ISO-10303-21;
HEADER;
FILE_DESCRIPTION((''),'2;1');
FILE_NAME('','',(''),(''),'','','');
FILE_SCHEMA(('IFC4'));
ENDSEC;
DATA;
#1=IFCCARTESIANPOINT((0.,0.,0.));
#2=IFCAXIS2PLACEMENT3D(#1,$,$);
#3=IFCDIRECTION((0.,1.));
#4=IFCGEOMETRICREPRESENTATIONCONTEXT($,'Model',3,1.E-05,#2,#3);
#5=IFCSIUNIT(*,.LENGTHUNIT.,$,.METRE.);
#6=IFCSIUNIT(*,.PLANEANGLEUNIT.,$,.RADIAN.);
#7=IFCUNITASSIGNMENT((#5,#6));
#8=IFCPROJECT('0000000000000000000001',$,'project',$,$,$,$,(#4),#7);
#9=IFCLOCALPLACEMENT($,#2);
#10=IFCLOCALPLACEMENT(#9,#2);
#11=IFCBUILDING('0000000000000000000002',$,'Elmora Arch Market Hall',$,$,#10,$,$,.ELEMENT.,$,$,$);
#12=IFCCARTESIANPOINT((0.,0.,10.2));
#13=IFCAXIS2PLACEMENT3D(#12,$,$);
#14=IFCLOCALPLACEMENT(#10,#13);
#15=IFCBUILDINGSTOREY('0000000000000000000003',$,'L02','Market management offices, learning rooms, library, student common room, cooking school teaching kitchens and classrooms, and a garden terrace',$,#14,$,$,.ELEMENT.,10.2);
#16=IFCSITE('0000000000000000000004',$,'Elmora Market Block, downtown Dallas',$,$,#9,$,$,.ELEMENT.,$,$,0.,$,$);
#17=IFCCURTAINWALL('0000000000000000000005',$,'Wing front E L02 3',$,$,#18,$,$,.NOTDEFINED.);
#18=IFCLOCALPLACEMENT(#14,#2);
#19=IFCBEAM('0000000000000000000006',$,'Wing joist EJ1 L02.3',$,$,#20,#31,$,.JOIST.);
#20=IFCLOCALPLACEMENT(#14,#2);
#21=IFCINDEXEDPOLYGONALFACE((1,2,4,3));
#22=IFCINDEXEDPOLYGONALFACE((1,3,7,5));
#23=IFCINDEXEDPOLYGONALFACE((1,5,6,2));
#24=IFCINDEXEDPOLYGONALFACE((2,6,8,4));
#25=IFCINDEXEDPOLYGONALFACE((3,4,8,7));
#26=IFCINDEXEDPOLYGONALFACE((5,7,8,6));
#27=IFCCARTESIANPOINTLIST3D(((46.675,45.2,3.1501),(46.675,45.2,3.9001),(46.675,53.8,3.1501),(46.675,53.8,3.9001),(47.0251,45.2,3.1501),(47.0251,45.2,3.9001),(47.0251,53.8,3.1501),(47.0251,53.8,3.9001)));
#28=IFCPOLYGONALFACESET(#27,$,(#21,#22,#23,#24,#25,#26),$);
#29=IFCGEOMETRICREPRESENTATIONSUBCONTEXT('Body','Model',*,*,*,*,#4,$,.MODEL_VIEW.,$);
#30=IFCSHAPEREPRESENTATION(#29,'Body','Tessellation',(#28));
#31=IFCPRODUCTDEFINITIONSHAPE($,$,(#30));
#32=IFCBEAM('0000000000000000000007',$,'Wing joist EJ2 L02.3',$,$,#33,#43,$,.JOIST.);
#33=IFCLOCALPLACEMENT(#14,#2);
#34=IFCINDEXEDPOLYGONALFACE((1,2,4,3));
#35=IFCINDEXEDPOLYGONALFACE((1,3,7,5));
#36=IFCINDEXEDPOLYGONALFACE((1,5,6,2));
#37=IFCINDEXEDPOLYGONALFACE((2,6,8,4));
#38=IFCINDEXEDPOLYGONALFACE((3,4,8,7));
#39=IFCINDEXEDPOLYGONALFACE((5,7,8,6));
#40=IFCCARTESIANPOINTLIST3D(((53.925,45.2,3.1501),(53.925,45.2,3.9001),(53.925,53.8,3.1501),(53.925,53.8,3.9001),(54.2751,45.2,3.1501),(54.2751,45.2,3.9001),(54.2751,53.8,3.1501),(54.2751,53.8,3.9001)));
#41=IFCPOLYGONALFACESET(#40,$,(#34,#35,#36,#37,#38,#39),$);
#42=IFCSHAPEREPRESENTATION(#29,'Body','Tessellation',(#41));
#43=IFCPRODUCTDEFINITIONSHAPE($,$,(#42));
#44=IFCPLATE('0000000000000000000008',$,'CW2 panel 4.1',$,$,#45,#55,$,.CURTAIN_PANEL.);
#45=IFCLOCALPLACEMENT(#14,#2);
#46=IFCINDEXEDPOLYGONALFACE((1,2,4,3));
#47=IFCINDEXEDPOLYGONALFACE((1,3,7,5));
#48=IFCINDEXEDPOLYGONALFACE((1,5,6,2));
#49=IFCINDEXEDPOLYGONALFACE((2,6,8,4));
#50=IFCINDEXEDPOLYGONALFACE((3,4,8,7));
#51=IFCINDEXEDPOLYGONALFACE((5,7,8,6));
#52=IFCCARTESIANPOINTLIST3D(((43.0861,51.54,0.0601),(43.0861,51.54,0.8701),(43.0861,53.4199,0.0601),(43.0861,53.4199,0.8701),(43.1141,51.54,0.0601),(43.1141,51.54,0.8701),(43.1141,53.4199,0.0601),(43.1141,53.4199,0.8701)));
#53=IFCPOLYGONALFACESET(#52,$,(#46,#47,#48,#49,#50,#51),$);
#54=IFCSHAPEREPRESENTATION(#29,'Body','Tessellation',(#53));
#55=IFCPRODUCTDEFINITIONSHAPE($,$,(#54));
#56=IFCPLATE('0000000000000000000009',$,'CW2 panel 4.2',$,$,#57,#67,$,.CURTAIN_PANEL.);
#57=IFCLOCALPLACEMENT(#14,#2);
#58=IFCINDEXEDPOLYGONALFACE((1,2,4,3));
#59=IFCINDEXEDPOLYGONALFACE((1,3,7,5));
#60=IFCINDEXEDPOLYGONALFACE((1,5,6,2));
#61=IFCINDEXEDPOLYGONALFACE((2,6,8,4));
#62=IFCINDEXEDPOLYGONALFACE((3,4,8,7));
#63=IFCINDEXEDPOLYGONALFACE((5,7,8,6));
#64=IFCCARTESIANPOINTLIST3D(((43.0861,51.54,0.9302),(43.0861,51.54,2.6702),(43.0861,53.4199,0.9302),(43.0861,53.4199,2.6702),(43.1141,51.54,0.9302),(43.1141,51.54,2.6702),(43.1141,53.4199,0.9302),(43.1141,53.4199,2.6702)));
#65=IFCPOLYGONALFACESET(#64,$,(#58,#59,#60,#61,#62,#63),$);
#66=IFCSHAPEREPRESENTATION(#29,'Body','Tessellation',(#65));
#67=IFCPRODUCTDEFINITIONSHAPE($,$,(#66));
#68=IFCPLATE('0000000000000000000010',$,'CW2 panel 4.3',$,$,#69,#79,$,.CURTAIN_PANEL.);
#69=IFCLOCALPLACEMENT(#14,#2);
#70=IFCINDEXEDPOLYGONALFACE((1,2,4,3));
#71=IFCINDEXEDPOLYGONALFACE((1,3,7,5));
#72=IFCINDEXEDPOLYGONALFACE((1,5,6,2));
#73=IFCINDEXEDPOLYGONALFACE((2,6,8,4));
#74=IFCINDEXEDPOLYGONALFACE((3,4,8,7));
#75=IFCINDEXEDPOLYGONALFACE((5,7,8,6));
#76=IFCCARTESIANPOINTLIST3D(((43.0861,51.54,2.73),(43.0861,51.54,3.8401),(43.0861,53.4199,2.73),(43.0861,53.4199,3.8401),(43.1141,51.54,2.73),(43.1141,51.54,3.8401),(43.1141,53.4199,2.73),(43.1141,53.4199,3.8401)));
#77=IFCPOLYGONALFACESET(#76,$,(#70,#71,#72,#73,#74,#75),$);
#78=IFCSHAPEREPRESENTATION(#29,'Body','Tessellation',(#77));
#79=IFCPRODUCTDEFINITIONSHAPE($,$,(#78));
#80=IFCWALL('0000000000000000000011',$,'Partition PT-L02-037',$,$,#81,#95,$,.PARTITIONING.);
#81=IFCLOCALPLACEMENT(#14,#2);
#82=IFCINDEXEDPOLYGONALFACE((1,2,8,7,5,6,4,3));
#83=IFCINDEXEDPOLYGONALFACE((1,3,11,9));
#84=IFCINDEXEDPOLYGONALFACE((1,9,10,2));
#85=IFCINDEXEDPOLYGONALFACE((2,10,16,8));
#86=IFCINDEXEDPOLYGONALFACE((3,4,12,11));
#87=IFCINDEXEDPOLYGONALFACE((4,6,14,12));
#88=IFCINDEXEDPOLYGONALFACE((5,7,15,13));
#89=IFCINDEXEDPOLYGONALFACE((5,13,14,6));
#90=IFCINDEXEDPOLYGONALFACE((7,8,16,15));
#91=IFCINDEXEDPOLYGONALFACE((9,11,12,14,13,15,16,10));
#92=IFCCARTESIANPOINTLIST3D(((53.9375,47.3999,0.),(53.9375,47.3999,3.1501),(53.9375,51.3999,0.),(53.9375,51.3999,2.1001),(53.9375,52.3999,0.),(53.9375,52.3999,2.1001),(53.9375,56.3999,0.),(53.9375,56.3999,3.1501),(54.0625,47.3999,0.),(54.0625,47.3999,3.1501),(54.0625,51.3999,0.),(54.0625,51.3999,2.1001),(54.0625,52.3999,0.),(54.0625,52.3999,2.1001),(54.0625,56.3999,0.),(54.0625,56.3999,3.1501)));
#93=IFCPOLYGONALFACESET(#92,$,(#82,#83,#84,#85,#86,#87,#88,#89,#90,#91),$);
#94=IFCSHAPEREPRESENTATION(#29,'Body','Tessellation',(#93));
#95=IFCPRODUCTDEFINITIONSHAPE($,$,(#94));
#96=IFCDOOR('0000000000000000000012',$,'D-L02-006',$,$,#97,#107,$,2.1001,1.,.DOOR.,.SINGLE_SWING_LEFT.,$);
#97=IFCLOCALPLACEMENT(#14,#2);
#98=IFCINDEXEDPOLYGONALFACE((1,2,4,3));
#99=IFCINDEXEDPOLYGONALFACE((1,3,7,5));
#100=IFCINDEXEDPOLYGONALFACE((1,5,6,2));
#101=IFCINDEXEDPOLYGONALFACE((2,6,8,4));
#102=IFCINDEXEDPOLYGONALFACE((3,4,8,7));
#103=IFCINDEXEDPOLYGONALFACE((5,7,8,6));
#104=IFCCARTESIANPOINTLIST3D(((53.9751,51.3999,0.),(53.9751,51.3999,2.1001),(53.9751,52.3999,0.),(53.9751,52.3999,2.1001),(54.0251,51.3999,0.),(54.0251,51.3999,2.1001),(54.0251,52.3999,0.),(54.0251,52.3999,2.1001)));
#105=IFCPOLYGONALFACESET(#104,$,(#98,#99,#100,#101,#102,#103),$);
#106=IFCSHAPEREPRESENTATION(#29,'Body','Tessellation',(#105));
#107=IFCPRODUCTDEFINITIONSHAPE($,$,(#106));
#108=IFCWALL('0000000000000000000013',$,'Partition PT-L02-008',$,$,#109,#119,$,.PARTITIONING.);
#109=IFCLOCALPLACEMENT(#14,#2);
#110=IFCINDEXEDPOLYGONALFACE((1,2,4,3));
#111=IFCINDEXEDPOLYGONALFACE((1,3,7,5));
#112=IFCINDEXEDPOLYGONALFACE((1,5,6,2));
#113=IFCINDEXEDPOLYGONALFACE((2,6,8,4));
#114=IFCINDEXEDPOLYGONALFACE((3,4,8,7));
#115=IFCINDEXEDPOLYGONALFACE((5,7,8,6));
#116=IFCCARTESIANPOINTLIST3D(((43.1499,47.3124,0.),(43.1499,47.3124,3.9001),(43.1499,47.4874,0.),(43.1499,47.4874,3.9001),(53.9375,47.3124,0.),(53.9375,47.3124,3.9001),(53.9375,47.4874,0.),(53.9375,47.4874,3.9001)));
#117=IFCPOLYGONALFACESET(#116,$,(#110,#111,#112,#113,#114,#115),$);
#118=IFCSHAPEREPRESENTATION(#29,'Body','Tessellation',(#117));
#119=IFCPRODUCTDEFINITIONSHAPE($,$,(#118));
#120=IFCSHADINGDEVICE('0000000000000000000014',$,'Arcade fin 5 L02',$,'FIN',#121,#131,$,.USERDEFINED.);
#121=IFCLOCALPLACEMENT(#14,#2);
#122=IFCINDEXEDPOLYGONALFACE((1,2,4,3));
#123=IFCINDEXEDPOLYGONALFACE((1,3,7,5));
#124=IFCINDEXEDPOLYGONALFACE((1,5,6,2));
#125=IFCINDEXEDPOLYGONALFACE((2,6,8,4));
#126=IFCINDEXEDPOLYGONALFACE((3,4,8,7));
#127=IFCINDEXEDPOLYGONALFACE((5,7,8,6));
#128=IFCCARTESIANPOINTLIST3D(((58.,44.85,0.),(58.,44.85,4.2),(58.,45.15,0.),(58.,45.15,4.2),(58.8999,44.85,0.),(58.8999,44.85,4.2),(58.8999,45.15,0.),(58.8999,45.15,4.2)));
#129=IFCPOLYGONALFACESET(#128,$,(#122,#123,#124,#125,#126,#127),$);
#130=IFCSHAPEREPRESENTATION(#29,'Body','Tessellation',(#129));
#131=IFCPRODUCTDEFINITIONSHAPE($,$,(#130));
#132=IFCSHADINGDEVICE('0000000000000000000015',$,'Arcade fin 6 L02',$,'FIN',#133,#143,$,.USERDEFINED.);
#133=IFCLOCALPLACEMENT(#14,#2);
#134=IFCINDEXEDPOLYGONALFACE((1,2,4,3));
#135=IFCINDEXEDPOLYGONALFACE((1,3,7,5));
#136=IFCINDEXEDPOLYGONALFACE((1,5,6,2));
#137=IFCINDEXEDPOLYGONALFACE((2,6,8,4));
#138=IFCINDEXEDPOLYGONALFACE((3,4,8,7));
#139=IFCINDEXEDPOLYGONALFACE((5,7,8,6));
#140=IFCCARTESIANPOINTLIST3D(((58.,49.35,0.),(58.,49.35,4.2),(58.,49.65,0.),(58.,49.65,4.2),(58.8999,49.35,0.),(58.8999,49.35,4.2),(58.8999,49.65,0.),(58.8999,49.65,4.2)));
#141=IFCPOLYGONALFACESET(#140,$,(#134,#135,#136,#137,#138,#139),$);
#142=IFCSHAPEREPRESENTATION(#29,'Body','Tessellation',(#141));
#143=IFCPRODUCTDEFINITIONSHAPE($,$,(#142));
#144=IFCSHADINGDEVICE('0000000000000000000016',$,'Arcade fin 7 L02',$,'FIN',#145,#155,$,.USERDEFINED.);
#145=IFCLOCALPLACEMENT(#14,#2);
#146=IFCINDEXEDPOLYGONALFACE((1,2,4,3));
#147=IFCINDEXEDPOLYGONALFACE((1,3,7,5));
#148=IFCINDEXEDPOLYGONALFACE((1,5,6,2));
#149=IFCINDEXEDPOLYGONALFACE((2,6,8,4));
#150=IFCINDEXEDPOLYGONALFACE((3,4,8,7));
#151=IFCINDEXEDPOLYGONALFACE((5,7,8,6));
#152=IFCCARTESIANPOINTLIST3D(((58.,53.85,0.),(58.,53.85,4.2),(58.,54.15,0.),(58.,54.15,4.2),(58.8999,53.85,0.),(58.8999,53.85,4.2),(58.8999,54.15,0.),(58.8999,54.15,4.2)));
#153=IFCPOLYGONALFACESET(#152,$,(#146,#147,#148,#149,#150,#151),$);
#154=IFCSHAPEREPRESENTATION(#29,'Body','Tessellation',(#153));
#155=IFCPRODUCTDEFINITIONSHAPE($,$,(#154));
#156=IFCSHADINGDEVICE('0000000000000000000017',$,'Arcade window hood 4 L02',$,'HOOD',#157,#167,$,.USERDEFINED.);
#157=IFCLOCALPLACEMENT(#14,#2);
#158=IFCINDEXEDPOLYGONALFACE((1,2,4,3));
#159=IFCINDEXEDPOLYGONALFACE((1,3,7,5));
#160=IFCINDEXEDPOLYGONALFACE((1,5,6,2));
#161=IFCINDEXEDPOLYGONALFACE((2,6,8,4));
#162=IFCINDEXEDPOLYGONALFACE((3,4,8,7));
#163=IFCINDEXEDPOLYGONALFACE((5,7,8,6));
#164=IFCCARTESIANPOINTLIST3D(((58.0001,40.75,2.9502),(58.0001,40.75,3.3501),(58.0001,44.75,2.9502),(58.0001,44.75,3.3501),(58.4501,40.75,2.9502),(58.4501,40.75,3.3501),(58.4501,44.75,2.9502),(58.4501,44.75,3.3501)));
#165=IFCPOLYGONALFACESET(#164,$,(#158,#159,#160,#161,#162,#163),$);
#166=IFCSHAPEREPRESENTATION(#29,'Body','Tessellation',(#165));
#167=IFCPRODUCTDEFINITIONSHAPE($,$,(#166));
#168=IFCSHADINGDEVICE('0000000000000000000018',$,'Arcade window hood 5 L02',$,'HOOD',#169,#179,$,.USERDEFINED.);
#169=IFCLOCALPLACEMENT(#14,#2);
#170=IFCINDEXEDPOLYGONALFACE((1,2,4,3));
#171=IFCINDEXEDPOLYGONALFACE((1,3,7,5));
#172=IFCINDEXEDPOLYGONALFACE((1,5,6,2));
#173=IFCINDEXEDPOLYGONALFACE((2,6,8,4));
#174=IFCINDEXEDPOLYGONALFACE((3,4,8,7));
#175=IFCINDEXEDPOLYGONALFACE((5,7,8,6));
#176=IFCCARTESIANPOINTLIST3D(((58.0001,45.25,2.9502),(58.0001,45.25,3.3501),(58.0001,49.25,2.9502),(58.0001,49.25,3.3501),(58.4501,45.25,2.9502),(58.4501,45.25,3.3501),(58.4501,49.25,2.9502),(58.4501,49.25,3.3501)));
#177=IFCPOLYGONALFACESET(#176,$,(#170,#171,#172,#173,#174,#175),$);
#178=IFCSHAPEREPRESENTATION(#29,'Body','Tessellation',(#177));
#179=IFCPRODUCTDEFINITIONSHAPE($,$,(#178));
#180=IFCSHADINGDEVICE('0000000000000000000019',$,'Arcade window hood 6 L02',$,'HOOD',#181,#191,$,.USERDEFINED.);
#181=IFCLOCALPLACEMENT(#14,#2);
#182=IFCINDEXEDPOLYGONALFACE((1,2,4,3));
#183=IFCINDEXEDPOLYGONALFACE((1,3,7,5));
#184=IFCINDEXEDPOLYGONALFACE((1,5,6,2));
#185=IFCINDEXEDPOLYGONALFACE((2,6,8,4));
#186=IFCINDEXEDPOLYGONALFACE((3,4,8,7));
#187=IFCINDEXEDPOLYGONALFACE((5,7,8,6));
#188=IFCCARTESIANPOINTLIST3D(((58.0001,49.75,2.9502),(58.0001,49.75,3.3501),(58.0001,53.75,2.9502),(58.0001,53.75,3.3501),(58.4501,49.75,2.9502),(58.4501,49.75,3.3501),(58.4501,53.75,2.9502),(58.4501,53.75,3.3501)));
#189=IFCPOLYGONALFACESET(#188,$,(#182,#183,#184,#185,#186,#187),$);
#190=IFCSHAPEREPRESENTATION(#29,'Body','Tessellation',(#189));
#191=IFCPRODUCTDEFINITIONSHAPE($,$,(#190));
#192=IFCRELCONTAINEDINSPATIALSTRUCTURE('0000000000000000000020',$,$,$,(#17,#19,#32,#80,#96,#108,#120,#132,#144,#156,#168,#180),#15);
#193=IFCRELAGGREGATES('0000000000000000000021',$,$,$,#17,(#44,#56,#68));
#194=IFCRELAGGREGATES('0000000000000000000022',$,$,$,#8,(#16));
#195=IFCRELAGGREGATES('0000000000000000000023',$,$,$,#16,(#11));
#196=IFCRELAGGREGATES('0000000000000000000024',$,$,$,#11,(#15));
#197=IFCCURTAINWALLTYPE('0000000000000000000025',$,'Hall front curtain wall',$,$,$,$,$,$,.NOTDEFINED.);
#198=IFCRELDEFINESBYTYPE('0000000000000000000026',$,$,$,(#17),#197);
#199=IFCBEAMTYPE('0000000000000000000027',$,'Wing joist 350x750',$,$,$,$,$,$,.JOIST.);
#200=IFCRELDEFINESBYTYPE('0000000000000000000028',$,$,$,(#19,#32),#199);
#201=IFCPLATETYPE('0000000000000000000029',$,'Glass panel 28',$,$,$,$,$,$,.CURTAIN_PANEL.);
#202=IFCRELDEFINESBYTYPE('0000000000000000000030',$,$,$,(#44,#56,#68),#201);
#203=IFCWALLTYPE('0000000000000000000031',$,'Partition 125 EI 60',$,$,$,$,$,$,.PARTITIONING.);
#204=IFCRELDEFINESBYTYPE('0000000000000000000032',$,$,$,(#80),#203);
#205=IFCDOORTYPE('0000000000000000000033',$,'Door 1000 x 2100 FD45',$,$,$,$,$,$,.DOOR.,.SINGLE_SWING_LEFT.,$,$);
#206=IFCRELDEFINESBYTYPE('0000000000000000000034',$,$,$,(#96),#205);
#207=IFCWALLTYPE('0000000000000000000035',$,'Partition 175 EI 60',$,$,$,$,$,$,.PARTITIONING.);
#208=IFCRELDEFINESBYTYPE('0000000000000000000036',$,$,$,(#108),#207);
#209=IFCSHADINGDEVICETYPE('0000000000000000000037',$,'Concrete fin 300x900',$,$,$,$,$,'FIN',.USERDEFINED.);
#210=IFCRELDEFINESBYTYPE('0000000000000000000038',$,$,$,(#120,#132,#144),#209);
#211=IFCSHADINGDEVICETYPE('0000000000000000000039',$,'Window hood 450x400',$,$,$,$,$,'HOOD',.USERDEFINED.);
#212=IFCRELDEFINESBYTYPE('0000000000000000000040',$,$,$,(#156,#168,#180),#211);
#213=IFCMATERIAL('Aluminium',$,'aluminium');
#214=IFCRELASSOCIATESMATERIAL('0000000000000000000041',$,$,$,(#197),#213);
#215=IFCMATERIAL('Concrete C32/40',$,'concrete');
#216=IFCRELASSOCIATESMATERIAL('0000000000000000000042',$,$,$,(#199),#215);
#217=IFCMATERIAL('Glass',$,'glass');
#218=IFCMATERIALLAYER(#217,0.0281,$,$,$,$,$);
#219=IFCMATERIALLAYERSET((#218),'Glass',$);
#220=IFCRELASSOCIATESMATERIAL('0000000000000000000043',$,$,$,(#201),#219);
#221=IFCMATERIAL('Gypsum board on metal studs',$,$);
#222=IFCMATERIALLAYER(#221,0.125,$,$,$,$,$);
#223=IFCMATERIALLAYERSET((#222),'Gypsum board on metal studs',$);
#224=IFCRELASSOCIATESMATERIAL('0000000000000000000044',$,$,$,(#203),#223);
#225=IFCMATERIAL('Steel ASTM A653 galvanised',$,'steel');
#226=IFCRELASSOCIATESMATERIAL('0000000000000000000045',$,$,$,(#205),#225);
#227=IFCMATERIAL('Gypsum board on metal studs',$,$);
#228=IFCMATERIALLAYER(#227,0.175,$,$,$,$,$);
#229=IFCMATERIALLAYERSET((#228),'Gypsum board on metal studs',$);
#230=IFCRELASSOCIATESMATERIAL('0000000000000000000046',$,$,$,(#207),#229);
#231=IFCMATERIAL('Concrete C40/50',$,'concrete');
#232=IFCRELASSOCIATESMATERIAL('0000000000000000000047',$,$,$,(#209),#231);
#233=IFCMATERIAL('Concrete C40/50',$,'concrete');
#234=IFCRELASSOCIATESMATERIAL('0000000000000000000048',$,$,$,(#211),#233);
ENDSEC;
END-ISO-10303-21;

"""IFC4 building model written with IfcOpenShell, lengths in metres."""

from ifc_helpers import new_model, si_unit, direction, frame, frame_2d, origin, origin_2d, place, context, subcontext, project, spatial, rectangle, extrude, material, layer, layer_set, material_profile, profile_set, type_object, element, fill, aggregate, save


model = new_model("IFC4")

# Units and contexts
model_context = context("Model", 3, precision=1e-05, world=origin(), true_north=direction((0.0, 1.0)))
body_context = subcontext(model_context, "Body", "Model", "MODEL_VIEW")
ifc_project = project(units=[si_unit("LENGTHUNIT", "METRE"), si_unit("PLANEANGLEUNIT", "RADIAN")], contexts=[model_context])

# Site, building, storey
site_placement = place(None, origin())
site = spatial("IfcSite", under=ifc_project, at=site_placement, Name="Elmora Market Block, downtown Dallas", CompositionType="ELEMENT", RefElevation=0.0)
building_placement = place(site_placement, origin())
building = spatial("IfcBuilding", under=site, at=building_placement, Name="Elmora Arch Market Hall", CompositionType="ELEMENT")
storey_placement = place(building_placement, frame((0.0, 0.0, 10.2)))
storey = spatial("IfcBuildingStorey", under=building, at=storey_placement, Name="L02", Description="Market management offices, learning rooms, library, student common room, cooking school teaching kitchens and classrooms, and a garden terrace", CompositionType="ELEMENT", Elevation=10.2)

# Curtain wall
ifc_material_1 = material(Name="Aluminium", Category="aluminium")
curtain_wall_type = type_object("IfcCurtainWallType", Name="Hall front curtain wall", PredefinedType="NOTDEFINED", material=ifc_material_1)
curtain_wall_placement = place(storey_placement, origin())
curtain_wall = element("IfcCurtainWall", 1, at=curtain_wall_placement, inside=storey, type_object=curtain_wall_type, Name="Wing front E L02 3", PredefinedType="NOTDEFINED")

# Beams
ifc_material_2 = material(Name="Concrete C32/40", Category="concrete")
ifc_material_profile_1 = material_profile(ifc_material_2, rectangle(XDim=0.3501, YDim=0.75, at=origin_2d()), Name="Wing joist 350x750")
ifc_profile_set_1 = profile_set([ifc_material_profile_1], Name="Concrete C32/40")
beam_type_1 = type_object("IfcBeamType", Name="Wing joist 350x750", PredefinedType="JOIST", material=ifc_profile_set_1)
for number, where, z_axis, x_axis, name in (
    (2, (46.8501, 45.2, 3.5251), (0.0, 1.0, 0.0), (-1.0, 0.0, 0.0), "Wing joist EJ1 L02.3"),
    (3, (54.1001, 45.2, 3.5251), (0.0, 1.0, 0.0), (-1.0, 0.0, 0.0), "Wing joist EJ2 L02.3"),
):
    element("IfcBeam", number, at=place(storey_placement, frame(where, z_axis=z_axis, x_axis=x_axis)), inside=storey, type_object=beam_type_1, Name=name, PredefinedType="JOIST", context=body_context, shape_type="SweptSolid", body=[
        extrude(rectangle(XDim=0.3501, YDim=0.75, at=origin_2d()), origin(), (0.0, 0.0, 1.0), 8.6001),
    ])

# Plates
ifc_material_3 = material(Name="Glass", Category="glass")
ifc_layer_1 = layer(ifc_material_3, 0.0281)
ifc_layer_set_1 = layer_set([ifc_layer_1], Name="Glass")
plate_type = type_object("IfcPlateType", Name="Glass panel 28", PredefinedType="CURTAIN_PANEL", material=ifc_layer_set_1)
plate_1_placement = place(storey_placement, frame((43.1001, 52.48, 0.0601), z_axis=(0.0, 0.0, 1.0), x_axis=(0.0, 1.0, 0.0)))
plate_1 = element("IfcPlate", 4, at=plate_1_placement, type_object=plate_type, Name="CW2 panel 4.1", PredefinedType="CURTAIN_PANEL", context=body_context, shape_type="SweptSolid", body=[
    extrude(rectangle(XDim=1.8799, YDim=0.0281, at=origin_2d()), origin(), (0.0, 0.0, 1.0), 0.8101),
])
plate_2_placement = place(storey_placement, frame((43.1001, 52.48, 0.9302), z_axis=(0.0, 0.0, 1.0), x_axis=(0.0, 1.0, 0.0)))
plate_2 = element("IfcPlate", 5, at=plate_2_placement, type_object=plate_type, Name="CW2 panel 4.2", PredefinedType="CURTAIN_PANEL", context=body_context, shape_type="SweptSolid", body=[
    extrude(rectangle(XDim=1.8799, YDim=0.0281, at=origin_2d()), origin(), (0.0, 0.0, 1.0), 1.74),
])
plate_3_placement = place(storey_placement, frame((43.1001, 52.48, 2.73), z_axis=(0.0, 0.0, 1.0), x_axis=(0.0, 1.0, 0.0)))
plate_3 = element("IfcPlate", 6, at=plate_3_placement, type_object=plate_type, Name="CW2 panel 4.3", PredefinedType="CURTAIN_PANEL", context=body_context, shape_type="SweptSolid", body=[
    extrude(rectangle(XDim=1.8799, YDim=0.0281, at=origin_2d()), origin(), (0.0, 0.0, 1.0), 1.1101),
])
aggregate(curtain_wall, [plate_1, plate_2, plate_3])

# Wall, opening, door
ifc_material_4 = material(Name="Gypsum board on metal studs")
ifc_layer_2 = layer(ifc_material_4, 0.125)
ifc_layer_set_2 = layer_set([ifc_layer_2], Name="Gypsum board on metal studs")
wall_type_1 = type_object("IfcWallType", Name="Partition 125 EI 60", PredefinedType="PARTITIONING", material=ifc_layer_set_2)
wall_1_placement = place(storey_placement, frame((54.0, 47.3999, 0.0), z_axis=(0.0, 0.0, 1.0), x_axis=(0.0, 1.0, 0.0)))
wall_1 = element("IfcWall", 7, at=wall_1_placement, inside=storey, type_object=wall_type_1, Name="Partition PT-L02-037", PredefinedType="PARTITIONING", context=body_context, shape_type="SweptSolid", body=[
    extrude(rectangle(XDim=9.0, YDim=0.125, at=frame_2d((4.5, 0.0))), origin(), (0.0, 0.0, 1.0), 3.1501),
])
opening_placement = place(wall_1_placement, frame((4.0, 0.0, 0.0)))
opening = element("IfcOpeningElement", 8, at=opening_placement, cuts=wall_1, PredefinedType="OPENING", context=body_context, shape_type="SweptSolid", body=[
    extrude(rectangle(XDim=1.0, YDim=2.1001, at=frame_2d((0.5, 1.05))), frame((0.0, 0.0725, 0.0), z_axis=(0.0, -1.0, 0.0), x_axis=(1.0, 0.0, 0.0)), (0.0, 0.0, 1.0), 0.145),
])
ifc_material_5 = material(Name="Steel ASTM A653 galvanised", Category="steel")
door_type = type_object("IfcDoorType", Name="Door 1000 x 2100 FD45", OperationType="SINGLE_SWING_LEFT", PredefinedType="DOOR", material=ifc_material_5)
door_placement = place(opening_placement, origin())
door = element("IfcDoor", 9, at=door_placement, inside=storey, type_object=door_type, Name="D-L02-006", OperationType="SINGLE_SWING_LEFT", OverallHeight=2.1001, OverallWidth=1.0, PredefinedType="DOOR", context=body_context, shape_type="SweptSolid", body=[
    extrude(rectangle(XDim=1.0, YDim=2.1001, at=frame_2d((0.5, 1.05))), frame((0.0, 0.0249, 0.0), z_axis=(0.0, -1.0, 0.0), x_axis=(1.0, 0.0, 0.0)), (0.0, 0.0, 1.0), 0.05),
])
fill(opening, door)

# Wall
ifc_material_6 = material(Name="Gypsum board on metal studs")
ifc_layer_3 = layer(ifc_material_6, 0.175)
ifc_layer_set_3 = layer_set([ifc_layer_3], Name="Gypsum board on metal studs")
wall_type_2 = type_object("IfcWallType", Name="Partition 175 EI 60", PredefinedType="PARTITIONING", material=ifc_layer_set_3)
wall_2_placement = place(storey_placement, frame((43.1499, 47.3999, 0.0), z_axis=(0.0, 0.0, 1.0), x_axis=(1.0, 0.0, 0.0)))
element("IfcWall", 10, at=wall_2_placement, inside=storey, type_object=wall_type_2, Name="Partition PT-L02-008", PredefinedType="PARTITIONING", context=body_context, shape_type="SweptSolid", body=[
    extrude(rectangle(XDim=10.7876, YDim=0.175, at=frame_2d((5.3938, 0.0))), origin(), (0.0, 0.0, 1.0), 3.9001),
])

# Shading devices
ifc_material_7 = material(Name="Concrete C40/50", Category="concrete")
shading_device_type_1 = type_object("IfcShadingDeviceType", Name="Concrete fin 300x900", ElementType="FIN", PredefinedType="USERDEFINED", material=ifc_material_7)
for number, where, z_axis, x_axis, name in (
    (11, (58.45, 45.0, 0.0), (0.0, 0.0, 1.0), (1.0, 0.0, 0.0), "Arcade fin 5 L02"),
    (12, (58.45, 49.5, 0.0), (0.0, 0.0, 1.0), (1.0, 0.0, 0.0), "Arcade fin 6 L02"),
    (13, (58.45, 54.0, 0.0), (0.0, 0.0, 1.0), (1.0, 0.0, 0.0), "Arcade fin 7 L02"),
):
    element("IfcShadingDevice", number, at=place(storey_placement, frame(where, z_axis=z_axis, x_axis=x_axis)), inside=storey, type_object=shading_device_type_1, Name=name, ObjectType="FIN", PredefinedType="USERDEFINED", context=body_context, shape_type="SweptSolid", body=[
        extrude(rectangle(XDim=0.8999, YDim=0.3, at=origin_2d()), origin(), (0.0, 0.0, 1.0), 4.2),
    ])
ifc_material_8 = material(Name="Concrete C40/50", Category="concrete")
shading_device_type_2 = type_object("IfcShadingDeviceType", Name="Window hood 450x400", ElementType="HOOD", PredefinedType="USERDEFINED", material=ifc_material_8)
for number, where, z_axis, x_axis, name in (
    (14, (58.2251, 42.75, 2.9502), (0.0, 0.0, 1.0), (1.0, 0.0, 0.0), "Arcade window hood 4 L02"),
    (15, (58.2251, 47.25, 2.9502), (0.0, 0.0, 1.0), (1.0, 0.0, 0.0), "Arcade window hood 5 L02"),
    (16, (58.2251, 51.75, 2.9502), (0.0, 0.0, 1.0), (1.0, 0.0, 0.0), "Arcade window hood 6 L02"),
):
    element("IfcShadingDevice", number, at=place(storey_placement, frame(where, z_axis=z_axis, x_axis=x_axis)), inside=storey, type_object=shading_device_type_2, Name=name, ObjectType="HOOD", PredefinedType="USERDEFINED", context=body_context, shape_type="SweptSolid", body=[
        extrude(rectangle(XDim=0.45, YDim=4.0, at=origin_2d()), origin(), (0.0, 0.0, 1.0), 0.3999),
    ])

save(model, "model.ifc")
